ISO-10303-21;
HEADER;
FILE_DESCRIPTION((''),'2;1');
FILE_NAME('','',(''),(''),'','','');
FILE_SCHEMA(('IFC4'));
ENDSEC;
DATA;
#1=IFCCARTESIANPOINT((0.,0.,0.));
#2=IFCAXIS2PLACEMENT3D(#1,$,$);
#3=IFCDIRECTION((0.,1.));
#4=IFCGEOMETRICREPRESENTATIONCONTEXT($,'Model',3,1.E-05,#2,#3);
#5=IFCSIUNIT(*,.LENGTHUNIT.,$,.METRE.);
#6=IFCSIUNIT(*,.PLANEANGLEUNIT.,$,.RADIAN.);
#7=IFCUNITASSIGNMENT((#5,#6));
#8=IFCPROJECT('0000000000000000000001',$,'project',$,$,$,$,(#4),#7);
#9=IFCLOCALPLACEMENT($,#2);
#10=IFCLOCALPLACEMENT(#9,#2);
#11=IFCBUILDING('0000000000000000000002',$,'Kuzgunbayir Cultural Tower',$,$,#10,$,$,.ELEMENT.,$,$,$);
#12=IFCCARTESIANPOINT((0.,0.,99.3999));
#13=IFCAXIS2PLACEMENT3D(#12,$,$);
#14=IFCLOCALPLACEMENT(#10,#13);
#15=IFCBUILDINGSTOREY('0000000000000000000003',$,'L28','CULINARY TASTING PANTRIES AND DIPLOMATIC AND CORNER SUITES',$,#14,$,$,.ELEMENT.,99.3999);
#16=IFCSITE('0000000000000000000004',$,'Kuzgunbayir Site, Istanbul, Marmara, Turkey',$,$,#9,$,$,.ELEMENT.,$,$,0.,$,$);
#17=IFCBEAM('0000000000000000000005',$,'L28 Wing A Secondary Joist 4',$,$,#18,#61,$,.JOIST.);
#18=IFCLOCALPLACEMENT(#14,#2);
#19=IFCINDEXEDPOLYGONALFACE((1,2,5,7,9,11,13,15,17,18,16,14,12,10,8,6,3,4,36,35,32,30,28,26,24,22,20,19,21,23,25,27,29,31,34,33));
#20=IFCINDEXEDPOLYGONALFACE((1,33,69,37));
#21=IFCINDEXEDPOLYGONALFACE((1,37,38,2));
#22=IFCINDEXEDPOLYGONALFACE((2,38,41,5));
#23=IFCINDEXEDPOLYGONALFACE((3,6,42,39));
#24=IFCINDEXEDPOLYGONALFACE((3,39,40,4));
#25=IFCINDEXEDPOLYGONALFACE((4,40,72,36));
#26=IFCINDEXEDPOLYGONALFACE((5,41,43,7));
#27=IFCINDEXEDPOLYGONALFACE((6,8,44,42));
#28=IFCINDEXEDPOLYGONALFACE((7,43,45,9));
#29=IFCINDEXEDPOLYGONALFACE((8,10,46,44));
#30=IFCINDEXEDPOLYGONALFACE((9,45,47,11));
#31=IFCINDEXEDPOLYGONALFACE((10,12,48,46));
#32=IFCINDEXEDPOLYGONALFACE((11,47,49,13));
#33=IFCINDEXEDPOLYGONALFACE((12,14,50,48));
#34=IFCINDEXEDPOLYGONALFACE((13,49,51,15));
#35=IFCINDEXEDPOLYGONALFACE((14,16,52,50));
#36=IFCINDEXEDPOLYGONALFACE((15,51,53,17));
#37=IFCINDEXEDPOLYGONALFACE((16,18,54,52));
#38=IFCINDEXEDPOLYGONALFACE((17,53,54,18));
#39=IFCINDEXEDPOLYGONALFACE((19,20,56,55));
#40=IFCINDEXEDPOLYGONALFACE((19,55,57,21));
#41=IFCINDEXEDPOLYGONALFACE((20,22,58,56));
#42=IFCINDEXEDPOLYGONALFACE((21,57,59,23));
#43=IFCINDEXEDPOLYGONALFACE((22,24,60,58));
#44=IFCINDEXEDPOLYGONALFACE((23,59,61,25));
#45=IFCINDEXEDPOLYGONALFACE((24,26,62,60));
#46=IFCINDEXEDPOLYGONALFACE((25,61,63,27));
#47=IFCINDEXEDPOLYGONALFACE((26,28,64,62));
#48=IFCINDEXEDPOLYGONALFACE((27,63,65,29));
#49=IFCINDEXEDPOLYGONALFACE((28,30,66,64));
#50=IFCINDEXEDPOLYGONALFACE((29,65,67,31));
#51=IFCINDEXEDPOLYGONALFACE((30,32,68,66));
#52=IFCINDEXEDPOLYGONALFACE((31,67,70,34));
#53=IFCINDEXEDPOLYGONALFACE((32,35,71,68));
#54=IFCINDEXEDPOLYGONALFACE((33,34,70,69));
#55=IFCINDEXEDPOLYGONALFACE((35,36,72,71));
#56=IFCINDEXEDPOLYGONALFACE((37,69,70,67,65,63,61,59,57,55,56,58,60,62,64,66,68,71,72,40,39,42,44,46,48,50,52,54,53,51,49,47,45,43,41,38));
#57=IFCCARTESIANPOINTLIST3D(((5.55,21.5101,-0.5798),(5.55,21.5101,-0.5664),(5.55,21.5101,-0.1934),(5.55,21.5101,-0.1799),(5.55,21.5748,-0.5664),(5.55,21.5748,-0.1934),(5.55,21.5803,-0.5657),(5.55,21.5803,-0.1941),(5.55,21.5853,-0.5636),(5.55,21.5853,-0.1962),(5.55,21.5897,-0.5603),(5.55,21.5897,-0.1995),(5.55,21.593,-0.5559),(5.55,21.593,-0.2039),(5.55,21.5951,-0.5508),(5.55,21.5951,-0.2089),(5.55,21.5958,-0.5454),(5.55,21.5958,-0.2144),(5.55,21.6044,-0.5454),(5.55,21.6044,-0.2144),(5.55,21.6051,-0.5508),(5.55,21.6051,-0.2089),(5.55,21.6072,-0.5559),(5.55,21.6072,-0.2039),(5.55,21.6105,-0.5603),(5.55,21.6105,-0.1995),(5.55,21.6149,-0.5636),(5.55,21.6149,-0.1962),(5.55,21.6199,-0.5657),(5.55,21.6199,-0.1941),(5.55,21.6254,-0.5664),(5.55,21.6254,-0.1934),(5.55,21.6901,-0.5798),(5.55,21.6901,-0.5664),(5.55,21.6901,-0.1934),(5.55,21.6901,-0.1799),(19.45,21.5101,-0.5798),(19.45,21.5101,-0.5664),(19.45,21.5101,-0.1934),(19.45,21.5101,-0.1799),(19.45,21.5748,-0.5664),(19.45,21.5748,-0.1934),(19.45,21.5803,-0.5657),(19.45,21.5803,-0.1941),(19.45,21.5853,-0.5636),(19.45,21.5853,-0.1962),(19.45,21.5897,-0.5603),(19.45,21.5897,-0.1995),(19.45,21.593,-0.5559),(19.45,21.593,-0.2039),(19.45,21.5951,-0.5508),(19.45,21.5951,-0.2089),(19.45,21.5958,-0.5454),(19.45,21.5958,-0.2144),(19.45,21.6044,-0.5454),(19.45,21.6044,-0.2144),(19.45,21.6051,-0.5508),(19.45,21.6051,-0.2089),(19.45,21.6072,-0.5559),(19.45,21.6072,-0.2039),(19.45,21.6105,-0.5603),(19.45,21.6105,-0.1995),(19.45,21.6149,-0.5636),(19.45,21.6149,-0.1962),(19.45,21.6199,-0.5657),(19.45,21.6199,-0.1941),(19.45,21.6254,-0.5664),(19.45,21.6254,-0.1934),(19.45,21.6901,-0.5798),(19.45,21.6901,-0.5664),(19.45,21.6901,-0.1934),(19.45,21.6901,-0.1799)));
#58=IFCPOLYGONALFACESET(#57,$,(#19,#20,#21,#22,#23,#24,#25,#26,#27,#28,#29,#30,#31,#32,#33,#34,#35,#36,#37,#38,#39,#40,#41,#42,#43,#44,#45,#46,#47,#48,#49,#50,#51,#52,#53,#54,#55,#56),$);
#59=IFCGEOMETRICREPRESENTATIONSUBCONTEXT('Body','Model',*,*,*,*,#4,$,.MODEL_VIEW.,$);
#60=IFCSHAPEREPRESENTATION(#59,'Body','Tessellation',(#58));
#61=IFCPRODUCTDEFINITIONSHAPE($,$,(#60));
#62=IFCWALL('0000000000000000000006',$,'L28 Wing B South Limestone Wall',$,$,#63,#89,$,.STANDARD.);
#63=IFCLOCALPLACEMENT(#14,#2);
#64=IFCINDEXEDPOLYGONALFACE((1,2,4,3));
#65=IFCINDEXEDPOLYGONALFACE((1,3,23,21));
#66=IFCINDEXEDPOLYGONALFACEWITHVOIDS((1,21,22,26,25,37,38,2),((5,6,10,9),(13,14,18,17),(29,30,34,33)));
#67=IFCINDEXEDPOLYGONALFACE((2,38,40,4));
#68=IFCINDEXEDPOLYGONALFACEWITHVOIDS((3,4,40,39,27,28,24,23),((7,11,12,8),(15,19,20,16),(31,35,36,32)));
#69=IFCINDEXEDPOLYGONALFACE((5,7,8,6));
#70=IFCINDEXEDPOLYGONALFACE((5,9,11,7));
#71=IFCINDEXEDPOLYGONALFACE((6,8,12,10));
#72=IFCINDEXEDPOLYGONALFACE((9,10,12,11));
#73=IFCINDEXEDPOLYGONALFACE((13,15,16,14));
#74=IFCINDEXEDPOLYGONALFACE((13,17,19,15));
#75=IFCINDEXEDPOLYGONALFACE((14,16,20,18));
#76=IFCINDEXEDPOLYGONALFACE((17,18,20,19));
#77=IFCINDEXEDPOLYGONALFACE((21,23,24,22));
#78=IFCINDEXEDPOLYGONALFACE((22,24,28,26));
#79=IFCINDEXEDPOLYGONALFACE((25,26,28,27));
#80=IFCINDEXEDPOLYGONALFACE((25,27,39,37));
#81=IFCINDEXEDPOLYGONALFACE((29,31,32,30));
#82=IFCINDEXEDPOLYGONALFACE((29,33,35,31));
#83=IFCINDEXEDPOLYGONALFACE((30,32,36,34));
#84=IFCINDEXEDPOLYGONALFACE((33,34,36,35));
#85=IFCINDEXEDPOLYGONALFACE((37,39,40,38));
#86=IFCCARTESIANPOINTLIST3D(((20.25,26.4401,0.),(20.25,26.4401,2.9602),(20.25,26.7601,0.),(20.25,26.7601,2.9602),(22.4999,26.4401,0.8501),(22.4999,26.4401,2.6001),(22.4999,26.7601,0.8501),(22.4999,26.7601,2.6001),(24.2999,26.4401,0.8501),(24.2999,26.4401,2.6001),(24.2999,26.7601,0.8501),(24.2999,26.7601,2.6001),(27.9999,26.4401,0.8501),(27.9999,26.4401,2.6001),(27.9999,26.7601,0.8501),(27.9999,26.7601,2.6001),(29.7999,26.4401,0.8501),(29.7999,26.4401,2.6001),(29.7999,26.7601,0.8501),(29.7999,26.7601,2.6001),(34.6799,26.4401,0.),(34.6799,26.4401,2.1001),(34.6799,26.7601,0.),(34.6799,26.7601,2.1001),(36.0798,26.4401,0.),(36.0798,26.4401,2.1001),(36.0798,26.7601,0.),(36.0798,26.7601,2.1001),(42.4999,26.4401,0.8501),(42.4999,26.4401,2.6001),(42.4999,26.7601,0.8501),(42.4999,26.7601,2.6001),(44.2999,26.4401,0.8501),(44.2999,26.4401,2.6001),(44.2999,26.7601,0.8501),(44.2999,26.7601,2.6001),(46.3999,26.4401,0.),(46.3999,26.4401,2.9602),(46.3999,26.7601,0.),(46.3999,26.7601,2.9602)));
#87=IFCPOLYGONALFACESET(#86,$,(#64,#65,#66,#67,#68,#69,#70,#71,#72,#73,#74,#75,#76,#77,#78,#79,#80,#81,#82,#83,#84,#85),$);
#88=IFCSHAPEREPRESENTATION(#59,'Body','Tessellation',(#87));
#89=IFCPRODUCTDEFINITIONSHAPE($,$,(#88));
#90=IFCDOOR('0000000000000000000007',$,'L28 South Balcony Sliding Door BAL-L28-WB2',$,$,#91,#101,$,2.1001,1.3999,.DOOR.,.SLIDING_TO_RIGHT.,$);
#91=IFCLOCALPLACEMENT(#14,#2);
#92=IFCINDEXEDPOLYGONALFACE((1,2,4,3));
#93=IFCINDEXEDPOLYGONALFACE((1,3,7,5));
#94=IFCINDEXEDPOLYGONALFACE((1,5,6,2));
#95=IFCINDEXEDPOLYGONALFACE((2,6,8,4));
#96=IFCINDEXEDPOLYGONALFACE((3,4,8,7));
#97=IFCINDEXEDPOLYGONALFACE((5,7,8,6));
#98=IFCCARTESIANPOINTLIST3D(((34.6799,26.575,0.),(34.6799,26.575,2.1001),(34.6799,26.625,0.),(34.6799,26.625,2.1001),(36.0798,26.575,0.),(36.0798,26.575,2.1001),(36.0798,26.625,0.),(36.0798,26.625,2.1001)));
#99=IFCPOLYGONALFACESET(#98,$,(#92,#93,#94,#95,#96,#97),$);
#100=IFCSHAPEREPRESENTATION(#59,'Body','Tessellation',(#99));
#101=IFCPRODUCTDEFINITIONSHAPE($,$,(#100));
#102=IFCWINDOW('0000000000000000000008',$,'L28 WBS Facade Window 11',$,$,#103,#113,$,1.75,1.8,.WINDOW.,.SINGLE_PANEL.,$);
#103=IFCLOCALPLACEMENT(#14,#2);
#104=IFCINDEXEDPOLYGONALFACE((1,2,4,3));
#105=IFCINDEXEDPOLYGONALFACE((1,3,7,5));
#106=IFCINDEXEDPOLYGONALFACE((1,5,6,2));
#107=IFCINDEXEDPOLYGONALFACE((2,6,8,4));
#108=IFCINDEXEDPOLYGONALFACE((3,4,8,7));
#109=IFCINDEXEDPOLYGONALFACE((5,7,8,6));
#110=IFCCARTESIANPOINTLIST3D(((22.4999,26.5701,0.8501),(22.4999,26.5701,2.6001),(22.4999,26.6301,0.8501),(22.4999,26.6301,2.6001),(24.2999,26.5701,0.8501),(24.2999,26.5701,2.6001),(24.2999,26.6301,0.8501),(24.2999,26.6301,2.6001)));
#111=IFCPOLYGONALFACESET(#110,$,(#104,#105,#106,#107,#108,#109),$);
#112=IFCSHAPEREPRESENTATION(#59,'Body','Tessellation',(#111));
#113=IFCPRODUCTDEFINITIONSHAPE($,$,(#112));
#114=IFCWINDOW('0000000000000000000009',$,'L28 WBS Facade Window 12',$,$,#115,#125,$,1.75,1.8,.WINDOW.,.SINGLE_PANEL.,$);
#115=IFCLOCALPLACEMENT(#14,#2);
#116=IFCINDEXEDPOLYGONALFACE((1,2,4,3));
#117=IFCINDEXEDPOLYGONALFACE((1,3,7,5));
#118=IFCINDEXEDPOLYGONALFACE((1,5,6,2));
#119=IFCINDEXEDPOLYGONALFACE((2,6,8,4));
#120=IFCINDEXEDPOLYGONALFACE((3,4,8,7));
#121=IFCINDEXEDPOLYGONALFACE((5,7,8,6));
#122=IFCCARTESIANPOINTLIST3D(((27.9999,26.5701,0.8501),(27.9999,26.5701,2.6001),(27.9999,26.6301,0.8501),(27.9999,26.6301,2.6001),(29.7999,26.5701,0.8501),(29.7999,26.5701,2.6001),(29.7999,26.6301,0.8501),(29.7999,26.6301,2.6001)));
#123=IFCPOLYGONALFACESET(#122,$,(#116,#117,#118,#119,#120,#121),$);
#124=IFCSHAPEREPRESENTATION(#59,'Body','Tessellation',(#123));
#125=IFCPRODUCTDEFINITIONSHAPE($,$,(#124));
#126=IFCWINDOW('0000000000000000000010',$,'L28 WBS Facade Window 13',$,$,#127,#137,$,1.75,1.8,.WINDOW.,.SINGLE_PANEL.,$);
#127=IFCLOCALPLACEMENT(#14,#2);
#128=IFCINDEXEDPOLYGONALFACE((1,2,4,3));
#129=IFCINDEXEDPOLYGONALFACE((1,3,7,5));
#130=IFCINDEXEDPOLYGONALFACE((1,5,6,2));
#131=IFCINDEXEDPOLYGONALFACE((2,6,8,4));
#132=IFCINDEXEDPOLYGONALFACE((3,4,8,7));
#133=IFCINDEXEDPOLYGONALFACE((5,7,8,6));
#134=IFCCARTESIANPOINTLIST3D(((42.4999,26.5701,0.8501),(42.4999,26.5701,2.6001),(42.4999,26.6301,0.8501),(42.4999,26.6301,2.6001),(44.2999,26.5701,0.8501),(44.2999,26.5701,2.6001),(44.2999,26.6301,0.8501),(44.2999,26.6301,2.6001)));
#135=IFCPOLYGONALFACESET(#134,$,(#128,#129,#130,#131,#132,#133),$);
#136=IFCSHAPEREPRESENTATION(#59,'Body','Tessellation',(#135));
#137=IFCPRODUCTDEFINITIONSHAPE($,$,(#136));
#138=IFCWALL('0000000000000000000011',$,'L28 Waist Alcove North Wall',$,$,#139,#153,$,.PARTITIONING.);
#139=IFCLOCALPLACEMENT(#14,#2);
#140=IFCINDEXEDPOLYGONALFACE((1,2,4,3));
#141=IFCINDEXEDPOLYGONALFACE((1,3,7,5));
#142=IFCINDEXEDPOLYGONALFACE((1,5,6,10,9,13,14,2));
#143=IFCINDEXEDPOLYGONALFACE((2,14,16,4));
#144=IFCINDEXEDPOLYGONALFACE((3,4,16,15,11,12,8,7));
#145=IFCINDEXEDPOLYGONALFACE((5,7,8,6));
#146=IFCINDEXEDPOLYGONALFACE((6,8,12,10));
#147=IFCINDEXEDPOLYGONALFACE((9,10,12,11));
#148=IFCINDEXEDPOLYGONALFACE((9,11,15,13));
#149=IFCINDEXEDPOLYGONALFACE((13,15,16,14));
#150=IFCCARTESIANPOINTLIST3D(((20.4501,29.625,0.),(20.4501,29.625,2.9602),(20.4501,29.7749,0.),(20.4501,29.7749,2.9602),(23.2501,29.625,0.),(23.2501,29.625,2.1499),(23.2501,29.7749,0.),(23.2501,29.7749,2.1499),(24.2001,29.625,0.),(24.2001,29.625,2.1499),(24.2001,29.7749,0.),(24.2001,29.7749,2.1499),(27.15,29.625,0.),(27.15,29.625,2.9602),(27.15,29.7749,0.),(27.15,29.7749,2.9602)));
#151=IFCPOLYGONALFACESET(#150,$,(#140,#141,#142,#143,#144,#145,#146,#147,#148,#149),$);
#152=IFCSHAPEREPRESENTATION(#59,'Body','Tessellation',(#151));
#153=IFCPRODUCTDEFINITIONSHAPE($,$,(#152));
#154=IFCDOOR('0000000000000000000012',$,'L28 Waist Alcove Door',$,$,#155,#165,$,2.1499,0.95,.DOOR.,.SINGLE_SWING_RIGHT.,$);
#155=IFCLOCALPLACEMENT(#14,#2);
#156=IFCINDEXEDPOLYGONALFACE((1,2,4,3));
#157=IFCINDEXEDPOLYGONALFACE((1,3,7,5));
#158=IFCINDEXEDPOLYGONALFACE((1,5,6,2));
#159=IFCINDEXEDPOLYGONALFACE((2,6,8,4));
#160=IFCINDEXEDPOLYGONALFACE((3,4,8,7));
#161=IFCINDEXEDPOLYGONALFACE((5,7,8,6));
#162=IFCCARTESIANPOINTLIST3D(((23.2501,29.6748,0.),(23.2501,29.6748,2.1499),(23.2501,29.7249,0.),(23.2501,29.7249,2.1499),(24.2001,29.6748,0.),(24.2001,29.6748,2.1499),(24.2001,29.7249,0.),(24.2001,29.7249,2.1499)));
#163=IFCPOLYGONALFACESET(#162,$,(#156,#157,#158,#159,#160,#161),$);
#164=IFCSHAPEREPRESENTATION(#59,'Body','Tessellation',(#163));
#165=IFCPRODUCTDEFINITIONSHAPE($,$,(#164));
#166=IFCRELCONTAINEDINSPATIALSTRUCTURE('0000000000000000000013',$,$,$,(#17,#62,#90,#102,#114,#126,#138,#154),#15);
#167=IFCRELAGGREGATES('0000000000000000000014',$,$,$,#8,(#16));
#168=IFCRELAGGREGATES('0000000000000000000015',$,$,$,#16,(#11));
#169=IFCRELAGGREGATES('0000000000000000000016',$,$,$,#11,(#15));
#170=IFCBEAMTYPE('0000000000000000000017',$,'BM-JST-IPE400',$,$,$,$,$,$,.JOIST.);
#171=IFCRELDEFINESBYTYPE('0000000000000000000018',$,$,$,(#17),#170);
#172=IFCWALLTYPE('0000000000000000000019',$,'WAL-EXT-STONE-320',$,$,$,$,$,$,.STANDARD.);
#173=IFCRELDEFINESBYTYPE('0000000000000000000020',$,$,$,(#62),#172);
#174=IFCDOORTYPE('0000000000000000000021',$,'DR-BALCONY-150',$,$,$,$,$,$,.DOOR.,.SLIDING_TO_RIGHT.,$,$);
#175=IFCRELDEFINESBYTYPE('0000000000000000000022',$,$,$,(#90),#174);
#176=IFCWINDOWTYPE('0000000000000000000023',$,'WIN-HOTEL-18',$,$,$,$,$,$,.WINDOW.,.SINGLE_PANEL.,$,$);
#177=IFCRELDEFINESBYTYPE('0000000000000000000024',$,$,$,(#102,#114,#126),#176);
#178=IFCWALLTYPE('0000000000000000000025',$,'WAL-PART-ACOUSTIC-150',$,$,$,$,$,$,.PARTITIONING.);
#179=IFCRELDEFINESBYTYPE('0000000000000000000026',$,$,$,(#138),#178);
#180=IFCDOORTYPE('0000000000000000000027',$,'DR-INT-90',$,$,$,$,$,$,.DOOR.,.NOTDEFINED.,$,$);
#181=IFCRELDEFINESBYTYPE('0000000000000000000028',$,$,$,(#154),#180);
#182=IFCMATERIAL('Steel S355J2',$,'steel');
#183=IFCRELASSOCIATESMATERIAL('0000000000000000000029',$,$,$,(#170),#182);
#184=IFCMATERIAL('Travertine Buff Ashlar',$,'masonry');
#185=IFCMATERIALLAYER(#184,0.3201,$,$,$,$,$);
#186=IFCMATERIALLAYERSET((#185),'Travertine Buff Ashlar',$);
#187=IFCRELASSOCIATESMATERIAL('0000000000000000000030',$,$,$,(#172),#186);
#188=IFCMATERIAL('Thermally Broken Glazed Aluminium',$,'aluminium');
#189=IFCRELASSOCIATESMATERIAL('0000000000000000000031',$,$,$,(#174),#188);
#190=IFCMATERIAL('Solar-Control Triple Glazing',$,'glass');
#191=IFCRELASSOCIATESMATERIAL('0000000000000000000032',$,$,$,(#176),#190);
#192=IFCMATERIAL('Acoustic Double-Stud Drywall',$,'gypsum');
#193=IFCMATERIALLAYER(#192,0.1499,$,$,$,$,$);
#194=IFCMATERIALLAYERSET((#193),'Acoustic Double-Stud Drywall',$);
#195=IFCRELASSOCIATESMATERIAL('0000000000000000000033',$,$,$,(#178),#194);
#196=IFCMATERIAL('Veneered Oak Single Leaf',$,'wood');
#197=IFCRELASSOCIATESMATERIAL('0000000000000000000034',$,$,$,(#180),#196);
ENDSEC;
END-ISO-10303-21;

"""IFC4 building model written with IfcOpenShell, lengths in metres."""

from ifc_helpers import new_model, si_unit, direction, frame, frame_2d, origin, origin_2d, place, context, subcontext, project, spatial, rectangle, i_section, extrude, material, layer, layer_set, material_profile, profile_set, type_object, element, fill, save


model = new_model("IFC4")

# Units and contexts
model_context = context("Model", 3, precision=1e-05, world=origin(), true_north=direction((0.0, 1.0)))
body_context = subcontext(model_context, "Body", "Model", "MODEL_VIEW")
ifc_project = project(units=[si_unit("LENGTHUNIT", "METRE"), si_unit("PLANEANGLEUNIT", "RADIAN")], contexts=[model_context])

# Site, building, storey
site_placement = place(None, origin())
site = spatial("IfcSite", under=ifc_project, at=site_placement, Name="Kuzgunbayir Site, Istanbul, Marmara, Turkey", CompositionType="ELEMENT", RefElevation=0.0)
building_placement = place(site_placement, origin())
building = spatial("IfcBuilding", under=site, at=building_placement, Name="Kuzgunbayir Cultural Tower", CompositionType="ELEMENT")
storey_placement = place(building_placement, frame((0.0, 0.0, 99.3999)))
storey = spatial("IfcBuildingStorey", under=building, at=storey_placement, Name="L28", Description="CULINARY TASTING PANTRIES AND DIPLOMATIC AND CORNER SUITES", CompositionType="ELEMENT", Elevation=99.3999)

# Beam
ifc_material_1 = material(Name="Steel S355J2", Category="steel")
ifc_material_profile_1 = material_profile(ifc_material_1, i_section(OverallWidth=0.1799, OverallDepth=0.3999, WebThickness=0.0085, FlangeThickness=0.0134, FilletRadius=0.021, at=origin_2d()), Name="IPE 400")
ifc_profile_set_1 = profile_set([ifc_material_profile_1], Name="Steel S355J2")
beam_type_1 = type_object("IfcBeamType", Name="BM-JST-IPE400", PredefinedType="JOIST", material=ifc_profile_set_1)
for number, where, z_axis, x_axis, name in (
    (1, (5.55, 21.6001, -0.3799), (1.0, 0.0, 0.0), (0.0, 1.0, 0.0), "L28 Wing A Secondary Joist 4"),
):
    element("IfcBeam", number, at=place(storey_placement, frame(where, z_axis=z_axis, x_axis=x_axis)), inside=storey, type_object=beam_type_1, Name=name, PredefinedType="JOIST", context=body_context, shape_type="SweptSolid", body=[
        extrude(i_section(OverallWidth=0.1799, OverallDepth=0.3999, WebThickness=0.0085, FlangeThickness=0.0134, FilletRadius=0.021, at=origin_2d()), origin(), (0.0, 0.0, 1.0), 13.8999),
    ])

# Wall, openings, door, windows
ifc_material_2 = material(Name="Travertine Buff Ashlar", Category="masonry")
ifc_layer_1 = layer(ifc_material_2, 0.3201)
ifc_layer_set_1 = layer_set([ifc_layer_1], Name="Travertine Buff Ashlar")
wall_type_1 = type_object("IfcWallType", Name="WAL-EXT-STONE-320", PredefinedType="STANDARD", material=ifc_layer_set_1)
wall_1_placement = place(storey_placement, frame((20.25, 26.6001, 0.0), z_axis=(0.0, 0.0, 1.0), x_axis=(1.0, 0.0, 0.0)))
wall_1 = element("IfcWall", 2, at=wall_1_placement, inside=storey, type_object=wall_type_1, Name="L28 Wing B South Limestone Wall", PredefinedType="STANDARD", context=body_context, shape_type="SweptSolid", body=[
    extrude(rectangle(XDim=26.1499, YDim=0.3201, at=frame_2d((13.075, 0.0))), origin(), (0.0, 0.0, 1.0), 2.9602),
])
opening_1_placement = place(wall_1_placement, frame((14.4299, 0.0, 0.0)))
opening_1 = element("IfcOpeningElement", 3, at=opening_1_placement, cuts=wall_1, PredefinedType="OPENING", context=body_context, shape_type="SweptSolid", body=[
    extrude(rectangle(XDim=1.3999, YDim=2.1001, at=frame_2d((0.7, 1.05))), frame((0.0, 0.1699, 0.0), z_axis=(0.0, -1.0, 0.0), x_axis=(1.0, 0.0, 0.0)), (0.0, 0.0, 1.0), 0.3401),
])
opening_2_placement = place(wall_1_placement, frame((2.25, 0.0, 0.8501)))
opening_2 = element("IfcOpeningElement", 4, at=opening_2_placement, cuts=wall_1, PredefinedType="OPENING", context=body_context, shape_type="SweptSolid", body=[
    extrude(rectangle(XDim=1.8, YDim=1.75, at=frame_2d((0.8999, 0.875))), frame((0.0, 0.1699, 0.0), z_axis=(0.0, -1.0, 0.0), x_axis=(1.0, 0.0, 0.0)), (0.0, 0.0, 1.0), 0.3401),
])
opening_3_placement = place(wall_1_placement, frame((7.75, 0.0, 0.8501)))
opening_3 = element("IfcOpeningElement", 5, at=opening_3_placement, cuts=wall_1, PredefinedType="OPENING", context=body_context, shape_type="SweptSolid", body=[
    extrude(rectangle(XDim=1.8, YDim=1.75, at=frame_2d((0.8999, 0.875))), frame((0.0, 0.1699, 0.0), z_axis=(0.0, -1.0, 0.0), x_axis=(1.0, 0.0, 0.0)), (0.0, 0.0, 1.0), 0.3401),
])
opening_4_placement = place(wall_1_placement, frame((22.25, 0.0, 0.8501)))
opening_4 = element("IfcOpeningElement", 6, at=opening_4_placement, cuts=wall_1, PredefinedType="OPENING", context=body_context, shape_type="SweptSolid", body=[
    extrude(rectangle(XDim=1.8, YDim=1.75, at=frame_2d((0.8999, 0.875))), frame((0.0, 0.1699, 0.0), z_axis=(0.0, -1.0, 0.0), x_axis=(1.0, 0.0, 0.0)), (0.0, 0.0, 1.0), 0.3401),
])
ifc_material_3 = material(Name="Thermally Broken Glazed Aluminium", Category="aluminium")
door_type_1 = type_object("IfcDoorType", Name="DR-BALCONY-150", OperationType="SLIDING_TO_RIGHT", PredefinedType="DOOR", material=ifc_material_3)
door_1_placement = place(opening_1_placement, origin())
door_1 = element("IfcDoor", 7, at=door_1_placement, inside=storey, type_object=door_type_1, Name="L28 South Balcony Sliding Door BAL-L28-WB2", OperationType="SLIDING_TO_RIGHT", OverallHeight=2.1001, OverallWidth=1.3999, PredefinedType="DOOR", context=body_context, shape_type="SweptSolid", body=[
    extrude(rectangle(XDim=1.3999, YDim=2.1001, at=frame_2d((0.7, 1.05))), frame((0.0, 0.0249, 0.0), z_axis=(0.0, -1.0, 0.0), x_axis=(1.0, 0.0, 0.0)), (0.0, 0.0, 1.0), 0.05),
])
fill(opening_1, door_1)
ifc_material_4 = material(Name="Solar-Control Triple Glazing", Category="glass")
window_type = type_object("IfcWindowType", Name="WIN-HOTEL-18", PartitioningType="SINGLE_PANEL", PredefinedType="WINDOW", material=ifc_material_4)
window_1_placement = place(opening_2_placement, origin())
window_1 = element("IfcWindow", 8, at=window_1_placement, inside=storey, type_object=window_type, Name="L28 WBS Facade Window 11", OverallHeight=1.75, OverallWidth=1.8, PartitioningType="SINGLE_PANEL", PredefinedType="WINDOW", context=body_context, shape_type="SweptSolid", body=[
    extrude(rectangle(XDim=1.8, YDim=1.75, at=frame_2d((0.8999, 0.875))), frame((0.0, 0.03, 0.0), z_axis=(0.0, -1.0, 0.0), x_axis=(1.0, 0.0, 0.0)), (0.0, 0.0, 1.0), 0.0601),
])
fill(opening_2, window_1)
window_2_placement = place(opening_3_placement, origin())
window_2 = element("IfcWindow", 9, at=window_2_placement, inside=storey, type_object=window_type, Name="L28 WBS Facade Window 12", OverallHeight=1.75, OverallWidth=1.8, PartitioningType="SINGLE_PANEL", PredefinedType="WINDOW", context=body_context, shape_type="SweptSolid", body=[
    extrude(rectangle(XDim=1.8, YDim=1.75, at=frame_2d((0.8999, 0.875))), frame((0.0, 0.03, 0.0), z_axis=(0.0, -1.0, 0.0), x_axis=(1.0, 0.0, 0.0)), (0.0, 0.0, 1.0), 0.0601),
])
fill(opening_3, window_2)
window_3_placement = place(opening_4_placement, origin())
window_3 = element("IfcWindow", 10, at=window_3_placement, inside=storey, type_object=window_type, Name="L28 WBS Facade Window 13", OverallHeight=1.75, OverallWidth=1.8, PartitioningType="SINGLE_PANEL", PredefinedType="WINDOW", context=body_context, shape_type="SweptSolid", body=[
    extrude(rectangle(XDim=1.8, YDim=1.75, at=frame_2d((0.8999, 0.875))), frame((0.0, 0.03, 0.0), z_axis=(0.0, -1.0, 0.0), x_axis=(1.0, 0.0, 0.0)), (0.0, 0.0, 1.0), 0.0601),
])
fill(opening_4, window_3)

# Wall, opening, door
ifc_material_5 = material(Name="Acoustic Double-Stud Drywall", Category="gypsum")
ifc_layer_2 = layer(ifc_material_5, 0.1499)
ifc_layer_set_2 = layer_set([ifc_layer_2], Name="Acoustic Double-Stud Drywall")
wall_type_2 = type_object("IfcWallType", Name="WAL-PART-ACOUSTIC-150", PredefinedType="PARTITIONING", material=ifc_layer_set_2)
wall_2_placement = place(storey_placement, frame((20.45, 29.7, 0.0), z_axis=(0.0, 0.0, 1.0), x_axis=(1.0, 0.0, 0.0)))
wall_2 = element("IfcWall", 11, at=wall_2_placement, inside=storey, type_object=wall_type_2, Name="L28 Waist Alcove North Wall", PredefinedType="PARTITIONING", context=body_context, shape_type="SweptSolid", body=[
    extrude(rectangle(XDim=6.7, YDim=0.1499, at=frame_2d((3.3501, 0.0))), origin(), (0.0, 0.0, 1.0), 2.9602),
])
opening_5_placement = place(wall_2_placement, frame((2.8, 0.0, 0.0)))
opening_5 = element("IfcOpeningElement", 12, at=opening_5_placement, cuts=wall_2, PredefinedType="OPENING", context=body_context, shape_type="SweptSolid", body=[
    extrude(rectangle(XDim=0.95, YDim=2.1499, at=frame_2d((0.4751, 1.075))), frame((0.0, 0.085, 0.0), z_axis=(0.0, -1.0, 0.0), x_axis=(1.0, 0.0, 0.0)), (0.0, 0.0, 1.0), 0.1699),
])
ifc_material_6 = material(Name="Veneered Oak Single Leaf", Category="wood")
door_type_2 = type_object("IfcDoorType", Name="DR-INT-90", OperationType="NOTDEFINED", PredefinedType="DOOR", material=ifc_material_6)
door_2_placement = place(opening_5_placement, origin())
door_2 = element("IfcDoor", 13, at=door_2_placement, inside=storey, type_object=door_type_2, Name="L28 Waist Alcove Door", OperationType="SINGLE_SWING_RIGHT", OverallHeight=2.1499, OverallWidth=0.95, PredefinedType="DOOR", context=body_context, shape_type="SweptSolid", body=[
    extrude(rectangle(XDim=0.95, YDim=2.1499, at=frame_2d((0.4751, 1.075))), frame((0.0, 0.0249, 0.0), z_axis=(0.0, -1.0, 0.0), x_axis=(1.0, 0.0, 0.0)), (0.0, 0.0, 1.0), 0.05),
])
fill(opening_5, door_2)

save(model, "model.ifc")
